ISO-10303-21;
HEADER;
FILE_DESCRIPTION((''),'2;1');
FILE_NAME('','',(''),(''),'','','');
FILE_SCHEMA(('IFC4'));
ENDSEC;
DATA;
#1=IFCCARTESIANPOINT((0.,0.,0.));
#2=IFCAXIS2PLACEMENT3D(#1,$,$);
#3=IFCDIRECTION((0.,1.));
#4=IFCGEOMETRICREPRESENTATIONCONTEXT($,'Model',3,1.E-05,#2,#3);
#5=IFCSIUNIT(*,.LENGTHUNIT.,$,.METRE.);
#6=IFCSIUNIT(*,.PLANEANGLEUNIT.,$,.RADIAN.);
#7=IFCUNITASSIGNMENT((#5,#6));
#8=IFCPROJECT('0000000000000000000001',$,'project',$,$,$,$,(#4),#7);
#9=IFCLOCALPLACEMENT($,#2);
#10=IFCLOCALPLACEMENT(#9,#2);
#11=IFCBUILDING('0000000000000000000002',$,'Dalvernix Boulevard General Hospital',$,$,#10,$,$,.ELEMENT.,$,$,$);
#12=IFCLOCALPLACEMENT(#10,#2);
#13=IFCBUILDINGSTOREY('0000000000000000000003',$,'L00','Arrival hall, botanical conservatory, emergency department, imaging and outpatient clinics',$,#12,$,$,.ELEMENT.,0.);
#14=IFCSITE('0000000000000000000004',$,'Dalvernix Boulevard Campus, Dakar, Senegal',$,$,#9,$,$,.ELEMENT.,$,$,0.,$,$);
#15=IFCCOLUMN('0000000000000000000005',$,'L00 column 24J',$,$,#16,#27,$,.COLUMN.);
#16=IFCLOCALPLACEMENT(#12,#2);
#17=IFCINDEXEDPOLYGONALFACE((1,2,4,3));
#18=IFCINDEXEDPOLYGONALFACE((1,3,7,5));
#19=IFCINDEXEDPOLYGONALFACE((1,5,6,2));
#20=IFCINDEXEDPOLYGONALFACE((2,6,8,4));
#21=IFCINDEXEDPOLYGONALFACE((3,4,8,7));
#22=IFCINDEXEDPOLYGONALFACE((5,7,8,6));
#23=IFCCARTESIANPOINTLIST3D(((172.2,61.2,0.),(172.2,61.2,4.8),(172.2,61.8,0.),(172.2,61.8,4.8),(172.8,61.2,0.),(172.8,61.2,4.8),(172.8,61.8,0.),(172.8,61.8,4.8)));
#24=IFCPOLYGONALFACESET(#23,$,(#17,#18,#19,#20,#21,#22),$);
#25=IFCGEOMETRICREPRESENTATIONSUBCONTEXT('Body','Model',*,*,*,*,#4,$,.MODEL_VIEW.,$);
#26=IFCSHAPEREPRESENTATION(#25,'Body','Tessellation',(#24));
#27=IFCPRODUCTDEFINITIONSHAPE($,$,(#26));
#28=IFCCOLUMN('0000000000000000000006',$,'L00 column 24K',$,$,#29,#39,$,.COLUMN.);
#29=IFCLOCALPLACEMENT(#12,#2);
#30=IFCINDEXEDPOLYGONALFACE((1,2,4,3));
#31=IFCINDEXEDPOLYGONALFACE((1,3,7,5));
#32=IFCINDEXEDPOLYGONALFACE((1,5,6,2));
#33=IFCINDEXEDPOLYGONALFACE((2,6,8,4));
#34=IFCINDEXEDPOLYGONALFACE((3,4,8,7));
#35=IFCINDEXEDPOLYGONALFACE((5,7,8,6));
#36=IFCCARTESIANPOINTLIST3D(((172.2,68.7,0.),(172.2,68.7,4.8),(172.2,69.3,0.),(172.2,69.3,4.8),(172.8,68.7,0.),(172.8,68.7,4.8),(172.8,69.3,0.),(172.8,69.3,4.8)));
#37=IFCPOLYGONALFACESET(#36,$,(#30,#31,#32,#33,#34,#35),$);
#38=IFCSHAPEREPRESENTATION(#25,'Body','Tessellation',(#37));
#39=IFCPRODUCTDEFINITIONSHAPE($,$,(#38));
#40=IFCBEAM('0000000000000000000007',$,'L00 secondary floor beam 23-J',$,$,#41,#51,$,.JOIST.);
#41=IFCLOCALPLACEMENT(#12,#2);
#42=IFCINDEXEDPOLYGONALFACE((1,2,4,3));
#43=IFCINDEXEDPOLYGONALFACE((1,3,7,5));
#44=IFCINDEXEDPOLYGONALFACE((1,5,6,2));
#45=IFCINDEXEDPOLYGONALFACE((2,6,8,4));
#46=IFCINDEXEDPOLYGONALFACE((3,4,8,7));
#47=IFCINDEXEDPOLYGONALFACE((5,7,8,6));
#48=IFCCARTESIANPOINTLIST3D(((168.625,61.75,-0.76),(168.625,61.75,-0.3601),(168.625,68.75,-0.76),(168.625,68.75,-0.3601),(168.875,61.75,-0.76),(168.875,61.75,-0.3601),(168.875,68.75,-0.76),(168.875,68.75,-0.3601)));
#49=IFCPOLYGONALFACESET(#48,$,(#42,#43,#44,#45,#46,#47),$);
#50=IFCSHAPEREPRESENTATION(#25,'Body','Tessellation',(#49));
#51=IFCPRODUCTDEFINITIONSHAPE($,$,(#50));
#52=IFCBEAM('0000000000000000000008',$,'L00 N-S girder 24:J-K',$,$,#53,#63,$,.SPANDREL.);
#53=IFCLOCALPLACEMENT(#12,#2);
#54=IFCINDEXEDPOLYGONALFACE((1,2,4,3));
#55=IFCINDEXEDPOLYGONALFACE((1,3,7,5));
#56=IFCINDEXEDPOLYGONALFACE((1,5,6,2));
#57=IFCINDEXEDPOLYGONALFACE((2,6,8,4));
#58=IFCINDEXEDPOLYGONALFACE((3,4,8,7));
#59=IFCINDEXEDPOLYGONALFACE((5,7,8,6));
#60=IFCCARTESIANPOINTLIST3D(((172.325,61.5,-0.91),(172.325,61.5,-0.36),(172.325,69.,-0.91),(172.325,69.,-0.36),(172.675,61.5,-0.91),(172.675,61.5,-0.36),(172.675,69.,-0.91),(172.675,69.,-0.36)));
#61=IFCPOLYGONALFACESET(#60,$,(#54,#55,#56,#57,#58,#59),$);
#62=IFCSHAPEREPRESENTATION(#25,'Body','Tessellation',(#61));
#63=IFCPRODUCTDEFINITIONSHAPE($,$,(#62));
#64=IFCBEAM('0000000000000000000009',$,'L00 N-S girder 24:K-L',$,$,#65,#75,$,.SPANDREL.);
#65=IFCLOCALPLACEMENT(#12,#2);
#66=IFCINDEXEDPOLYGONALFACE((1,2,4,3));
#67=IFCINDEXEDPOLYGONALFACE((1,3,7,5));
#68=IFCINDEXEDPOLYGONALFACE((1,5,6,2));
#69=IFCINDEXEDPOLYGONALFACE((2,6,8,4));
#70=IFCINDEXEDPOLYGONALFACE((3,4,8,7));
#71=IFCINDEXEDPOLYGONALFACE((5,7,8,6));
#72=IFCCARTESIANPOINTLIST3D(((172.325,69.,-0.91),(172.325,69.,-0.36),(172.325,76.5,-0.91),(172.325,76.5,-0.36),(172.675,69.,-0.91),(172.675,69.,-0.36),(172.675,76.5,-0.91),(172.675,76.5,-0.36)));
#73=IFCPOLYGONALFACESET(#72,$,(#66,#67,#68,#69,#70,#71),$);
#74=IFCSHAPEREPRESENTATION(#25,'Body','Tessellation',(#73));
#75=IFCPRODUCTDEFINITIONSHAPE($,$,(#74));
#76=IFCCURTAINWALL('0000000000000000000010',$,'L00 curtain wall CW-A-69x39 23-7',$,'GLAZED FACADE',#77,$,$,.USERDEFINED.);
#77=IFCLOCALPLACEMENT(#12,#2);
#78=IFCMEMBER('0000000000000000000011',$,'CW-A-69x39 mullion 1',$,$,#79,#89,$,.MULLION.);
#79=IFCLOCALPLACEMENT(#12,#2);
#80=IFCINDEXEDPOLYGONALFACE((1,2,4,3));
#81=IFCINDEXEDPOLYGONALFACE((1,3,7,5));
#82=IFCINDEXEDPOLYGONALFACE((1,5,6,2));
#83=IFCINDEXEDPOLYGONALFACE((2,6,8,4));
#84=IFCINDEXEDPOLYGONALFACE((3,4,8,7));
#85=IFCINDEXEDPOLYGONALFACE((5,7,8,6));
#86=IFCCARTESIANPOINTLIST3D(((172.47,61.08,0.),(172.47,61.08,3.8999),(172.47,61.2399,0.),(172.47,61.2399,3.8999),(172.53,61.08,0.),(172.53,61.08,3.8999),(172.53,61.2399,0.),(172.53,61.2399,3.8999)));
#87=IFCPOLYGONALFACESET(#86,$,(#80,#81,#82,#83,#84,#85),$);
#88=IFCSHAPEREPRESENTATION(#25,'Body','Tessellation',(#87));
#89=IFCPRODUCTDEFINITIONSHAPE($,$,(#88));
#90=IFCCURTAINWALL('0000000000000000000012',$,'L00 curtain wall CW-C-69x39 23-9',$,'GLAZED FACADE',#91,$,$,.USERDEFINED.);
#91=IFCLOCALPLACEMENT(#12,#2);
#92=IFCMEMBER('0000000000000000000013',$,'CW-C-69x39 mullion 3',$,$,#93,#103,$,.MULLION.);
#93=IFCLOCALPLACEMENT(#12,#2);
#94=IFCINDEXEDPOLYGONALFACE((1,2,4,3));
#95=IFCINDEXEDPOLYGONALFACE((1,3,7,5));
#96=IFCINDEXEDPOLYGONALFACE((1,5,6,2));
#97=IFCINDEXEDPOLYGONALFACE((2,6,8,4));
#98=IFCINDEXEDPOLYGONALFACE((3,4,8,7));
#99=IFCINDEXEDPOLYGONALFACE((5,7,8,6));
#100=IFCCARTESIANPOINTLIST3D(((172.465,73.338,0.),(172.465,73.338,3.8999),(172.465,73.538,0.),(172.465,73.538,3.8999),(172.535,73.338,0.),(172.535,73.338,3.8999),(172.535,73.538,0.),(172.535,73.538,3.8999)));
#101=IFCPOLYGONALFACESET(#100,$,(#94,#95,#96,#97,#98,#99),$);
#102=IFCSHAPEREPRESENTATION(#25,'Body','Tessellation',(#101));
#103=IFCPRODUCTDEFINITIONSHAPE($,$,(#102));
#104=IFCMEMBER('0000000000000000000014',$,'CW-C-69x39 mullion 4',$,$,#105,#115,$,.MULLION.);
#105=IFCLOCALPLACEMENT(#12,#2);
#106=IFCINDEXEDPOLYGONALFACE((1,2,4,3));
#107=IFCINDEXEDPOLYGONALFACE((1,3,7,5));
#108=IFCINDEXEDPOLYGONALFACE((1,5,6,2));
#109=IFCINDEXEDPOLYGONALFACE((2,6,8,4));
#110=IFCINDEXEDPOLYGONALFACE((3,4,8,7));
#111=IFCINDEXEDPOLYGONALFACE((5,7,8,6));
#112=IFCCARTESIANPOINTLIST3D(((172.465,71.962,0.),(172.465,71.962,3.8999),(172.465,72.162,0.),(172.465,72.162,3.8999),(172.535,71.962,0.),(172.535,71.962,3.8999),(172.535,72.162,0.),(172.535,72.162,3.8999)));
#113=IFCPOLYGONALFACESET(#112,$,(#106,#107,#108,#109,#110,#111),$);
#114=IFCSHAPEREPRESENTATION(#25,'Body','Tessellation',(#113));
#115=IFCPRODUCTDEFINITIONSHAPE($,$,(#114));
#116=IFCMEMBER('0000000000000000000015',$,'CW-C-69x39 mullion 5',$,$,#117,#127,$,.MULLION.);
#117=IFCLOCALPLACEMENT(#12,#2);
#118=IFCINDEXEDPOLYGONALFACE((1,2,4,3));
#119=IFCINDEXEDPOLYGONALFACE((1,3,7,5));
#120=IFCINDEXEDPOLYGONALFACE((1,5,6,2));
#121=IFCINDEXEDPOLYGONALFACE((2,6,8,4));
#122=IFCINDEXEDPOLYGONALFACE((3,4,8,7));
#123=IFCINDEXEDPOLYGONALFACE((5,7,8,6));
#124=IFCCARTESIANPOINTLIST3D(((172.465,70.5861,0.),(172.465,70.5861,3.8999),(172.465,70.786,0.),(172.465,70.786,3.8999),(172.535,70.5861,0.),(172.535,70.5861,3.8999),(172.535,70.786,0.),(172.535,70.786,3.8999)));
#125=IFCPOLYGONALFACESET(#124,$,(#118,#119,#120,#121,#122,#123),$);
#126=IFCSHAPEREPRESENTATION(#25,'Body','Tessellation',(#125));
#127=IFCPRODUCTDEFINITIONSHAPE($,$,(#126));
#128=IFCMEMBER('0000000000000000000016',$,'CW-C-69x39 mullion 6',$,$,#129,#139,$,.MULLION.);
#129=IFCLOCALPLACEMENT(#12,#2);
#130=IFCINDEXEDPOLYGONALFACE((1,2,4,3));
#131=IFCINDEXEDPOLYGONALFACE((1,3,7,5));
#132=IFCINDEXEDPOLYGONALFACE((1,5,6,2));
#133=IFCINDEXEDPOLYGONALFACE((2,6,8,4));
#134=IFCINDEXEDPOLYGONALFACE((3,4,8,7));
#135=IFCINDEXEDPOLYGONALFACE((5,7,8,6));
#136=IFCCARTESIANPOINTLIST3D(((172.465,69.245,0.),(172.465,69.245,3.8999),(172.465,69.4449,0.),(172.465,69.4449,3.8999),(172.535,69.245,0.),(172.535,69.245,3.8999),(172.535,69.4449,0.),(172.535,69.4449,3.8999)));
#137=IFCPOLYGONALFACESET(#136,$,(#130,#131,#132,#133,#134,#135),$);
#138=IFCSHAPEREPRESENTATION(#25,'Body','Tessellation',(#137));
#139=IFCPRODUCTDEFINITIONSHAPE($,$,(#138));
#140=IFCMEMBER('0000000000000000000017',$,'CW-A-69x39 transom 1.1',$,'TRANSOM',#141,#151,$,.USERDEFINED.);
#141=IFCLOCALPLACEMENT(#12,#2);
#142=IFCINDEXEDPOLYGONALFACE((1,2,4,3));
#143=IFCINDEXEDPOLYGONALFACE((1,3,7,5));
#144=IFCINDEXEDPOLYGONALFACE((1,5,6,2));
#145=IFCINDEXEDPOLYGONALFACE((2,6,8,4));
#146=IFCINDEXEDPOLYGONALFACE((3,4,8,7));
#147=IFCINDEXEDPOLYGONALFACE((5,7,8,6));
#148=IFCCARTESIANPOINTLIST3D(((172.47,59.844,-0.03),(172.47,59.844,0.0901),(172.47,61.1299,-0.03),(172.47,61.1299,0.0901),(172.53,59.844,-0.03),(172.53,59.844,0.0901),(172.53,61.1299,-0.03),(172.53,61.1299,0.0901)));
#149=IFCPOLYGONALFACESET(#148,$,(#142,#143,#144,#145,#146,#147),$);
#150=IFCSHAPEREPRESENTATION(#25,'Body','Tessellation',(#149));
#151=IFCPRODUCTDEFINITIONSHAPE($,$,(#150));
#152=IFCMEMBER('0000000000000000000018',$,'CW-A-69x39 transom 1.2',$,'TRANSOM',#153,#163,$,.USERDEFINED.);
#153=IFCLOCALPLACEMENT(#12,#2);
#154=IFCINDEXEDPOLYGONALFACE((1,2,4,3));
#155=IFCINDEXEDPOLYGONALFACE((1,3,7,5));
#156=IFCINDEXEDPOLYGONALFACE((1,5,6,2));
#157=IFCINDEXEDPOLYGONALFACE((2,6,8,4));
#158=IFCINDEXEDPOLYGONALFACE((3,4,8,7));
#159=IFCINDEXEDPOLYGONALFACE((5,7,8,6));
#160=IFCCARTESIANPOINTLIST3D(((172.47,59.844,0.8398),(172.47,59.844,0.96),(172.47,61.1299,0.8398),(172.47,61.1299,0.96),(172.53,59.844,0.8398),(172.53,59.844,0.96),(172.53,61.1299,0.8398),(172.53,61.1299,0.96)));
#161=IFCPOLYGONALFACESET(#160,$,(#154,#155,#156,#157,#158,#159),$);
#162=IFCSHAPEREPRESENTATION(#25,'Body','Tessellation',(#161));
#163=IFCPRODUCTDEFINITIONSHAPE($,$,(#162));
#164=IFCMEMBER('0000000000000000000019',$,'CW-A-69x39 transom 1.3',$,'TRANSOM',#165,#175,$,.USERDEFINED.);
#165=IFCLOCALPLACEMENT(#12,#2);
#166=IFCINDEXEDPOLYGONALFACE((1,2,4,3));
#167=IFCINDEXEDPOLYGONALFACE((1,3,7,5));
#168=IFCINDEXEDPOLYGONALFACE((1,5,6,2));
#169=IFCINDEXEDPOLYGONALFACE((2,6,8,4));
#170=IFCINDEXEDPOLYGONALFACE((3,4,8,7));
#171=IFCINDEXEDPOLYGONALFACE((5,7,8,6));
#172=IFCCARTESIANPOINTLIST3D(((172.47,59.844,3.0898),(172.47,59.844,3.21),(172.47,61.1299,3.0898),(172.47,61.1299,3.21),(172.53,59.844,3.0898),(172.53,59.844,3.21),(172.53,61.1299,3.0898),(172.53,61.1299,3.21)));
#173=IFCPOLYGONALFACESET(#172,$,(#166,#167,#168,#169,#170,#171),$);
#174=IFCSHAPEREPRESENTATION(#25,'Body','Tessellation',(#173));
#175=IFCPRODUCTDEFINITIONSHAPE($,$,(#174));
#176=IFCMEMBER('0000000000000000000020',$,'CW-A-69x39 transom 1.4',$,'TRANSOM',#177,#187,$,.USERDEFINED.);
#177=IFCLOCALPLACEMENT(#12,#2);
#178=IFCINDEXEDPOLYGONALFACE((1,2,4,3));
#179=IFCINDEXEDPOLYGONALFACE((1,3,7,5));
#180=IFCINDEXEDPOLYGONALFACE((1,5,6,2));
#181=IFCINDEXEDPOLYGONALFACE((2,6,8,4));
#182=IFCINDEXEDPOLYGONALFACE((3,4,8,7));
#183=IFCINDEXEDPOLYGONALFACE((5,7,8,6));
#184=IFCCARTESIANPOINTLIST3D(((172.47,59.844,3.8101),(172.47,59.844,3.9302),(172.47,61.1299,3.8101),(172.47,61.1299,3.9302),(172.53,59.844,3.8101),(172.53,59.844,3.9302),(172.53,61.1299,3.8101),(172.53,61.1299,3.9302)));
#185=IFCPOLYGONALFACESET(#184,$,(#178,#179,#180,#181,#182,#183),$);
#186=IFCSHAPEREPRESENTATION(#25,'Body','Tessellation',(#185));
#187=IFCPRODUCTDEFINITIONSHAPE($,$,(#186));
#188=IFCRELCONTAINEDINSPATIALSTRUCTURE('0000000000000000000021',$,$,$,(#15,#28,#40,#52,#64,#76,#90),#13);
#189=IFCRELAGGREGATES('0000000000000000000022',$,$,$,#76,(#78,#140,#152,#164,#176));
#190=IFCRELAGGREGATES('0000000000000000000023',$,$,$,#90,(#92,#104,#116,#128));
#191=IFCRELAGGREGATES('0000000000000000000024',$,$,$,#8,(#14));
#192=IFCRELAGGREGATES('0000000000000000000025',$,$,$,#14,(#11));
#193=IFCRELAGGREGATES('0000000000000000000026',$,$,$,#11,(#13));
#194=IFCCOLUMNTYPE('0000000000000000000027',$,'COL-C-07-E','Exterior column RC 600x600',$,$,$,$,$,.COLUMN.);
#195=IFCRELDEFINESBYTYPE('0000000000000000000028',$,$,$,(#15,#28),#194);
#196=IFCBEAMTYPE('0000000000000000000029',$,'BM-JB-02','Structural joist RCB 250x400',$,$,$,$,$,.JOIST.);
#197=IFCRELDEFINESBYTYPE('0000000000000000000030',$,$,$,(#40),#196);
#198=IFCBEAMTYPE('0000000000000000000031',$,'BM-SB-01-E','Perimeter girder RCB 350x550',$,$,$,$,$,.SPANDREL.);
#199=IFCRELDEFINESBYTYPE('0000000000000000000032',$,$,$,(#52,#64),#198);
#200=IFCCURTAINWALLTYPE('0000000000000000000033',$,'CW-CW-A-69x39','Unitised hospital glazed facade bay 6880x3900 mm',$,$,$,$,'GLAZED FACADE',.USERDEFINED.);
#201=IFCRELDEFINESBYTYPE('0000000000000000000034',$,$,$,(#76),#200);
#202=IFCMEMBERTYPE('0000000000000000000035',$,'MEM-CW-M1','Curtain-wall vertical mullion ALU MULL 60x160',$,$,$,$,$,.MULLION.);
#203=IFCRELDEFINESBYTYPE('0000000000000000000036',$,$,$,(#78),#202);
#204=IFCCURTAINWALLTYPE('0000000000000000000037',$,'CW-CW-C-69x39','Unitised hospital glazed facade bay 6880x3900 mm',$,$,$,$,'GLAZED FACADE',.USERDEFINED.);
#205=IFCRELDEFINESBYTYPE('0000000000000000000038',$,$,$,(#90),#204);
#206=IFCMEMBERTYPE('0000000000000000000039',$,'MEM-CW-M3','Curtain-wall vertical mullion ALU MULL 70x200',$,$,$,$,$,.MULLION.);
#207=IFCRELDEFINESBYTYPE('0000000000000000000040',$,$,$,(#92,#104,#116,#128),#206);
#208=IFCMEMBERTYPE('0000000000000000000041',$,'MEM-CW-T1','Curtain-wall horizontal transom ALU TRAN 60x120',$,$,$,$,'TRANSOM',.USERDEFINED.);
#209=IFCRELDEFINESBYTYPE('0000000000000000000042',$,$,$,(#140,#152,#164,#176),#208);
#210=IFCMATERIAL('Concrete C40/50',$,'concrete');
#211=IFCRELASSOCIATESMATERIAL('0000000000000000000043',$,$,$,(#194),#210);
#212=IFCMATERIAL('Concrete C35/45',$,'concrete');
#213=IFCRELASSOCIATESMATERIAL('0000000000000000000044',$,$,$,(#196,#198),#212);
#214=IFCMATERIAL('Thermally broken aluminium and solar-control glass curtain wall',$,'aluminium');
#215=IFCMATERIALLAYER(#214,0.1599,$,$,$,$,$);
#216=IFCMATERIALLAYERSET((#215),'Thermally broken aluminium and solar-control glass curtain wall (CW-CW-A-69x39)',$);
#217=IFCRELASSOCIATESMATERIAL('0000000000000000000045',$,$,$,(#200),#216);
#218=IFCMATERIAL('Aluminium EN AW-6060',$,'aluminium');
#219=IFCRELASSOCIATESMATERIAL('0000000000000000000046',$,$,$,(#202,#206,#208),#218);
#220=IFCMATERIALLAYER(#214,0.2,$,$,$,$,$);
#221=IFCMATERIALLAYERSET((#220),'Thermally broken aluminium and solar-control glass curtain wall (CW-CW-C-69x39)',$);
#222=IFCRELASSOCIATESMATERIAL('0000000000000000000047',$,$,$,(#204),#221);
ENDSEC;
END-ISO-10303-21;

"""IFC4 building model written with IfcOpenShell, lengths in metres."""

from ifc_helpers import new_model, si_unit, direction, frame, origin, origin_2d, place, context, subcontext, project, spatial, rectangle, extrude, material, layer, layer_set, material_profile, profile_set, type_object, element, aggregate, save


model = new_model("IFC4")

# Units and contexts
model_context = context("Model", 3, precision=1e-05, world=origin(), true_north=direction((0.0, 1.0)))
body_context = subcontext(model_context, "Body", "Model", "MODEL_VIEW")
ifc_project = project(units=[si_unit("LENGTHUNIT", "METRE"), si_unit("PLANEANGLEUNIT", "RADIAN")], contexts=[model_context])

# Site, building, storey
site_placement = place(None, origin())
site = spatial("IfcSite", under=ifc_project, at=site_placement, Name="Dalvernix Boulevard Campus, Dakar, Senegal", CompositionType="ELEMENT", RefElevation=0.0)
building_placement = place(site_placement, origin())
building = spatial("IfcBuilding", under=site, at=building_placement, Name="Dalvernix Boulevard General Hospital", CompositionType="ELEMENT")
storey_placement = place(building_placement, origin())
storey = spatial("IfcBuildingStorey", under=building, at=storey_placement, Name="L00", Description="Arrival hall, botanical conservatory, emergency department, imaging and outpatient clinics", CompositionType="ELEMENT", Elevation=0.0)

# Columns
ifc_material_1 = material(Name="Concrete C40/50", Category="concrete")
ifc_material_profile_1 = material_profile(ifc_material_1, rectangle(XDim=0.6001, YDim=0.6001, at=origin_2d()), Name="RC 600x600")
ifc_profile_set_1 = profile_set([ifc_material_profile_1], Name="Concrete C40/50")
column_type = type_object("IfcColumnType", Name="COL-C-07-E", Description="Exterior column RC 600x600", PredefinedType="COLUMN", material=ifc_profile_set_1)
for number, where, z_axis, x_axis, name in (
    (1, (172.5, 61.5, 0.0), (0.0, 0.0, 1.0), (1.0, 0.0, 0.0), "L00 column 24J"),
    (2, (172.5, 69.0, 0.0), (0.0, 0.0, 1.0), (1.0, 0.0, 0.0), "L00 column 24K"),
):
    element("IfcColumn", number, at=place(storey_placement, frame(where, z_axis=z_axis, x_axis=x_axis)), inside=storey, type_object=column_type, Name=name, PredefinedType="COLUMN", context=body_context, shape_type="SweptSolid", body=[
        extrude(rectangle(XDim=0.6001, YDim=0.6001, at=origin_2d()), origin(), (0.0, 0.0, 1.0), 4.8),
    ])

# Beams
ifc_material_2 = material(Name="Concrete C35/45", Category="concrete")
ifc_material_profile_2 = material_profile(ifc_material_2, rectangle(XDim=0.25, YDim=0.3999, at=origin_2d()), Name="RCB 250x400")
ifc_profile_set_2 = profile_set([ifc_material_profile_2], Name="Concrete C35/45")
beam_type_1 = type_object("IfcBeamType", Name="BM-JB-02", Description="Structural joist RCB 250x400", PredefinedType="JOIST", material=ifc_profile_set_2)
beam_placement = place(storey_placement, frame((168.75, 61.75, -0.5601), z_axis=(0.0, 1.0, 0.0), x_axis=(-1.0, 0.0, 0.0)))
element("IfcBeam", 3, at=beam_placement, inside=storey, type_object=beam_type_1, Name="L00 secondary floor beam 23-J", PredefinedType="JOIST", context=body_context, shape_type="SweptSolid", body=[
    extrude(rectangle(XDim=0.25, YDim=0.3999, at=origin_2d()), origin(), (0.0, 0.0, 1.0), 7.0),
])
ifc_material_profile_3 = material_profile(ifc_material_2, rectangle(XDim=0.3501, YDim=0.55, at=origin_2d()), Name="RCB 350x550")
ifc_profile_set_3 = profile_set([ifc_material_profile_3], Name="Concrete C35/45")
beam_type_2 = type_object("IfcBeamType", Name="BM-SB-01-E", Description="Perimeter girder RCB 350x550", PredefinedType="SPANDREL", material=ifc_profile_set_3)
for number, where, z_axis, x_axis, name in (
    (4, (172.5, 61.5, -0.635), (0.0, 1.0, 0.0), (-1.0, 0.0, 0.0), "L00 N-S girder 24:J-K"),
    (5, (172.5, 69.0, -0.635), (0.0, 1.0, 0.0), (-1.0, 0.0, 0.0), "L00 N-S girder 24:K-L"),
):
    element("IfcBeam", number, at=place(storey_placement, frame(where, z_axis=z_axis, x_axis=x_axis)), inside=storey, type_object=beam_type_2, Name=name, PredefinedType="SPANDREL", context=body_context, shape_type="SweptSolid", body=[
        extrude(rectangle(XDim=0.3501, YDim=0.55, at=origin_2d()), origin(), (0.0, 0.0, 1.0), 7.5),
    ])

# Curtain wall, member
ifc_material_3 = material(Name="Thermally broken aluminium and solar-control glass curtain wall", Category="aluminium")
ifc_layer_1 = layer(ifc_material_3, 0.1599)
ifc_layer_set_1 = layer_set([ifc_layer_1], Name="Thermally broken aluminium and solar-control glass curtain wall (CW-CW-A-69x39)")
curtain_wall_type_1 = type_object("IfcCurtainWallType", Name="CW-CW-A-69x39", Description="Unitised hospital glazed facade bay 6880x3900 mm", ElementType="GLAZED FACADE", PredefinedType="USERDEFINED", material=ifc_layer_set_1)
curtain_wall_1_placement = place(storey_placement, origin())
curtain_wall_1 = element("IfcCurtainWall", 6, at=curtain_wall_1_placement, inside=storey, type_object=curtain_wall_type_1, Name="L00 curtain wall CW-A-69x39 23-7", ObjectType="GLAZED FACADE", PredefinedType="USERDEFINED")
ifc_material_4 = material(Name="Aluminium EN AW-6060", Category="aluminium")
ifc_material_profile_4 = material_profile(ifc_material_4, rectangle(XDim=0.0601, YDim=0.1599, at=origin_2d()), Name="ALU MULL 60x160")
ifc_profile_set_4 = profile_set([ifc_material_profile_4], Name="Aluminium EN AW-6060")
member_type_1 = type_object("IfcMemberType", Name="MEM-CW-M1", Description="Curtain-wall vertical mullion ALU MULL 60x160", PredefinedType="MULLION", material=ifc_profile_set_4)
member_1_placement = place(storey_placement, frame((172.5, 61.1599, 0.0), z_axis=(0.0, 0.0, 1.0), x_axis=(1.0, 0.0, 0.0)))
member_1 = element("IfcMember", 7, at=member_1_placement, type_object=member_type_1, Name="CW-A-69x39 mullion 1", PredefinedType="MULLION", context=body_context, shape_type="SweptSolid", body=[
    extrude(rectangle(XDim=0.0601, YDim=0.1599, at=origin_2d()), origin(), (0.0, 0.0, 1.0), 3.8999),
])

# Curtain wall, members
ifc_layer_2 = layer(ifc_material_3, 0.2)
ifc_layer_set_2 = layer_set([ifc_layer_2], Name="Thermally broken aluminium and solar-control glass curtain wall (CW-CW-C-69x39)")
curtain_wall_type_2 = type_object("IfcCurtainWallType", Name="CW-CW-C-69x39", Description="Unitised hospital glazed facade bay 6880x3900 mm", ElementType="GLAZED FACADE", PredefinedType="USERDEFINED", material=ifc_layer_set_2)
curtain_wall_2_placement = place(storey_placement, origin())
curtain_wall_2 = element("IfcCurtainWall", 8, at=curtain_wall_2_placement, inside=storey, type_object=curtain_wall_type_2, Name="L00 curtain wall CW-C-69x39 23-9", ObjectType="GLAZED FACADE", PredefinedType="USERDEFINED")
ifc_material_profile_5 = material_profile(ifc_material_4, rectangle(XDim=0.0701, YDim=0.2, at=origin_2d()), Name="ALU MULL 70x200")
ifc_profile_set_5 = profile_set([ifc_material_profile_5], Name="Aluminium EN AW-6060")
member_type_2 = type_object("IfcMemberType", Name="MEM-CW-M3", Description="Curtain-wall vertical mullion ALU MULL 70x200", PredefinedType="MULLION", material=ifc_profile_set_5)
member_2_placement = place(storey_placement, frame((172.5, 73.438, 0.0), z_axis=(0.0, 0.0, 1.0), x_axis=(1.0, 0.0, 0.0)))
member_2 = element("IfcMember", 9, at=member_2_placement, type_object=member_type_2, Name="CW-C-69x39 mullion 3", PredefinedType="MULLION", context=body_context, shape_type="SweptSolid", body=[
    extrude(rectangle(XDim=0.0701, YDim=0.2, at=origin_2d()), origin(), (0.0, 0.0, 1.0), 3.8999),
])
member_3_placement = place(storey_placement, frame((172.5, 72.062, 0.0), z_axis=(0.0, 0.0, 1.0), x_axis=(1.0, 0.0, 0.0)))
member_3 = element("IfcMember", 10, at=member_3_placement, type_object=member_type_2, Name="CW-C-69x39 mullion 4", PredefinedType="MULLION", context=body_context, shape_type="SweptSolid", body=[
    extrude(rectangle(XDim=0.0701, YDim=0.2, at=origin_2d()), origin(), (0.0, 0.0, 1.0), 3.8999),
])
member_4_placement = place(storey_placement, frame((172.5, 70.686, 0.0), z_axis=(0.0, 0.0, 1.0), x_axis=(1.0, 0.0, 0.0)))
member_4 = element("IfcMember", 11, at=member_4_placement, type_object=member_type_2, Name="CW-C-69x39 mullion 5", PredefinedType="MULLION", context=body_context, shape_type="SweptSolid", body=[
    extrude(rectangle(XDim=0.0701, YDim=0.2, at=origin_2d()), origin(), (0.0, 0.0, 1.0), 3.8999),
])
member_5_placement = place(storey_placement, frame((172.5, 69.345, 0.0), z_axis=(0.0, 0.0, 1.0), x_axis=(1.0, 0.0, 0.0)))
member_5 = element("IfcMember", 12, at=member_5_placement, type_object=member_type_2, Name="CW-C-69x39 mullion 6", PredefinedType="MULLION", context=body_context, shape_type="SweptSolid", body=[
    extrude(rectangle(XDim=0.0701, YDim=0.2, at=origin_2d()), origin(), (0.0, 0.0, 1.0), 3.8999),
])

# Members
ifc_material_profile_6 = material_profile(ifc_material_4, rectangle(XDim=0.0601, YDim=0.1201, at=origin_2d()), Name="ALU TRAN 60x120")
ifc_profile_set_6 = profile_set([ifc_material_profile_6], Name="Aluminium EN AW-6060")
member_type_3 = type_object("IfcMemberType", Name="MEM-CW-T1", Description="Curtain-wall horizontal transom ALU TRAN 60x120", ElementType="TRANSOM", PredefinedType="USERDEFINED", material=ifc_profile_set_6)
member_6_placement = place(storey_placement, frame((172.5, 61.1299, 0.03), z_axis=(0.0, -1.0, 0.0), x_axis=(1.0, 0.0, 0.0)))
member_6 = element("IfcMember", 13, at=member_6_placement, type_object=member_type_3, Name="CW-A-69x39 transom 1.1", ObjectType="TRANSOM", PredefinedType="USERDEFINED", context=body_context, shape_type="SweptSolid", body=[
    extrude(rectangle(XDim=0.0601, YDim=0.1201, at=origin_2d()), origin(), (0.0, 0.0, 1.0), 1.2859),
])
member_7_placement = place(storey_placement, frame((172.5, 61.1299, 0.8999), z_axis=(0.0, -1.0, 0.0), x_axis=(1.0, 0.0, 0.0)))
member_7 = element("IfcMember", 14, at=member_7_placement, type_object=member_type_3, Name="CW-A-69x39 transom 1.2", ObjectType="TRANSOM", PredefinedType="USERDEFINED", context=body_context, shape_type="SweptSolid", body=[
    extrude(rectangle(XDim=0.0601, YDim=0.1201, at=origin_2d()), origin(), (0.0, 0.0, 1.0), 1.2859),
])
member_8_placement = place(storey_placement, frame((172.5, 61.1299, 3.1499), z_axis=(0.0, -1.0, 0.0), x_axis=(1.0, 0.0, 0.0)))
member_8 = element("IfcMember", 15, at=member_8_placement, type_object=member_type_3, Name="CW-A-69x39 transom 1.3", ObjectType="TRANSOM", PredefinedType="USERDEFINED", context=body_context, shape_type="SweptSolid", body=[
    extrude(rectangle(XDim=0.0601, YDim=0.1201, at=origin_2d()), origin(), (0.0, 0.0, 1.0), 1.2859),
])
member_9_placement = place(storey_placement, frame((172.5, 61.1299, 3.8701), z_axis=(0.0, -1.0, 0.0), x_axis=(1.0, 0.0, 0.0)))
member_9 = element("IfcMember", 16, at=member_9_placement, type_object=member_type_3, Name="CW-A-69x39 transom 1.4", ObjectType="TRANSOM", PredefinedType="USERDEFINED", context=body_context, shape_type="SweptSolid", body=[
    extrude(rectangle(XDim=0.0601, YDim=0.1201, at=origin_2d()), origin(), (0.0, 0.0, 1.0), 1.2859),
])

aggregate(curtain_wall_1, [member_1, member_6, member_7, member_8, member_9])
aggregate(curtain_wall_2, [member_2, member_3, member_4, member_5])

save(model, "model.ifc")
